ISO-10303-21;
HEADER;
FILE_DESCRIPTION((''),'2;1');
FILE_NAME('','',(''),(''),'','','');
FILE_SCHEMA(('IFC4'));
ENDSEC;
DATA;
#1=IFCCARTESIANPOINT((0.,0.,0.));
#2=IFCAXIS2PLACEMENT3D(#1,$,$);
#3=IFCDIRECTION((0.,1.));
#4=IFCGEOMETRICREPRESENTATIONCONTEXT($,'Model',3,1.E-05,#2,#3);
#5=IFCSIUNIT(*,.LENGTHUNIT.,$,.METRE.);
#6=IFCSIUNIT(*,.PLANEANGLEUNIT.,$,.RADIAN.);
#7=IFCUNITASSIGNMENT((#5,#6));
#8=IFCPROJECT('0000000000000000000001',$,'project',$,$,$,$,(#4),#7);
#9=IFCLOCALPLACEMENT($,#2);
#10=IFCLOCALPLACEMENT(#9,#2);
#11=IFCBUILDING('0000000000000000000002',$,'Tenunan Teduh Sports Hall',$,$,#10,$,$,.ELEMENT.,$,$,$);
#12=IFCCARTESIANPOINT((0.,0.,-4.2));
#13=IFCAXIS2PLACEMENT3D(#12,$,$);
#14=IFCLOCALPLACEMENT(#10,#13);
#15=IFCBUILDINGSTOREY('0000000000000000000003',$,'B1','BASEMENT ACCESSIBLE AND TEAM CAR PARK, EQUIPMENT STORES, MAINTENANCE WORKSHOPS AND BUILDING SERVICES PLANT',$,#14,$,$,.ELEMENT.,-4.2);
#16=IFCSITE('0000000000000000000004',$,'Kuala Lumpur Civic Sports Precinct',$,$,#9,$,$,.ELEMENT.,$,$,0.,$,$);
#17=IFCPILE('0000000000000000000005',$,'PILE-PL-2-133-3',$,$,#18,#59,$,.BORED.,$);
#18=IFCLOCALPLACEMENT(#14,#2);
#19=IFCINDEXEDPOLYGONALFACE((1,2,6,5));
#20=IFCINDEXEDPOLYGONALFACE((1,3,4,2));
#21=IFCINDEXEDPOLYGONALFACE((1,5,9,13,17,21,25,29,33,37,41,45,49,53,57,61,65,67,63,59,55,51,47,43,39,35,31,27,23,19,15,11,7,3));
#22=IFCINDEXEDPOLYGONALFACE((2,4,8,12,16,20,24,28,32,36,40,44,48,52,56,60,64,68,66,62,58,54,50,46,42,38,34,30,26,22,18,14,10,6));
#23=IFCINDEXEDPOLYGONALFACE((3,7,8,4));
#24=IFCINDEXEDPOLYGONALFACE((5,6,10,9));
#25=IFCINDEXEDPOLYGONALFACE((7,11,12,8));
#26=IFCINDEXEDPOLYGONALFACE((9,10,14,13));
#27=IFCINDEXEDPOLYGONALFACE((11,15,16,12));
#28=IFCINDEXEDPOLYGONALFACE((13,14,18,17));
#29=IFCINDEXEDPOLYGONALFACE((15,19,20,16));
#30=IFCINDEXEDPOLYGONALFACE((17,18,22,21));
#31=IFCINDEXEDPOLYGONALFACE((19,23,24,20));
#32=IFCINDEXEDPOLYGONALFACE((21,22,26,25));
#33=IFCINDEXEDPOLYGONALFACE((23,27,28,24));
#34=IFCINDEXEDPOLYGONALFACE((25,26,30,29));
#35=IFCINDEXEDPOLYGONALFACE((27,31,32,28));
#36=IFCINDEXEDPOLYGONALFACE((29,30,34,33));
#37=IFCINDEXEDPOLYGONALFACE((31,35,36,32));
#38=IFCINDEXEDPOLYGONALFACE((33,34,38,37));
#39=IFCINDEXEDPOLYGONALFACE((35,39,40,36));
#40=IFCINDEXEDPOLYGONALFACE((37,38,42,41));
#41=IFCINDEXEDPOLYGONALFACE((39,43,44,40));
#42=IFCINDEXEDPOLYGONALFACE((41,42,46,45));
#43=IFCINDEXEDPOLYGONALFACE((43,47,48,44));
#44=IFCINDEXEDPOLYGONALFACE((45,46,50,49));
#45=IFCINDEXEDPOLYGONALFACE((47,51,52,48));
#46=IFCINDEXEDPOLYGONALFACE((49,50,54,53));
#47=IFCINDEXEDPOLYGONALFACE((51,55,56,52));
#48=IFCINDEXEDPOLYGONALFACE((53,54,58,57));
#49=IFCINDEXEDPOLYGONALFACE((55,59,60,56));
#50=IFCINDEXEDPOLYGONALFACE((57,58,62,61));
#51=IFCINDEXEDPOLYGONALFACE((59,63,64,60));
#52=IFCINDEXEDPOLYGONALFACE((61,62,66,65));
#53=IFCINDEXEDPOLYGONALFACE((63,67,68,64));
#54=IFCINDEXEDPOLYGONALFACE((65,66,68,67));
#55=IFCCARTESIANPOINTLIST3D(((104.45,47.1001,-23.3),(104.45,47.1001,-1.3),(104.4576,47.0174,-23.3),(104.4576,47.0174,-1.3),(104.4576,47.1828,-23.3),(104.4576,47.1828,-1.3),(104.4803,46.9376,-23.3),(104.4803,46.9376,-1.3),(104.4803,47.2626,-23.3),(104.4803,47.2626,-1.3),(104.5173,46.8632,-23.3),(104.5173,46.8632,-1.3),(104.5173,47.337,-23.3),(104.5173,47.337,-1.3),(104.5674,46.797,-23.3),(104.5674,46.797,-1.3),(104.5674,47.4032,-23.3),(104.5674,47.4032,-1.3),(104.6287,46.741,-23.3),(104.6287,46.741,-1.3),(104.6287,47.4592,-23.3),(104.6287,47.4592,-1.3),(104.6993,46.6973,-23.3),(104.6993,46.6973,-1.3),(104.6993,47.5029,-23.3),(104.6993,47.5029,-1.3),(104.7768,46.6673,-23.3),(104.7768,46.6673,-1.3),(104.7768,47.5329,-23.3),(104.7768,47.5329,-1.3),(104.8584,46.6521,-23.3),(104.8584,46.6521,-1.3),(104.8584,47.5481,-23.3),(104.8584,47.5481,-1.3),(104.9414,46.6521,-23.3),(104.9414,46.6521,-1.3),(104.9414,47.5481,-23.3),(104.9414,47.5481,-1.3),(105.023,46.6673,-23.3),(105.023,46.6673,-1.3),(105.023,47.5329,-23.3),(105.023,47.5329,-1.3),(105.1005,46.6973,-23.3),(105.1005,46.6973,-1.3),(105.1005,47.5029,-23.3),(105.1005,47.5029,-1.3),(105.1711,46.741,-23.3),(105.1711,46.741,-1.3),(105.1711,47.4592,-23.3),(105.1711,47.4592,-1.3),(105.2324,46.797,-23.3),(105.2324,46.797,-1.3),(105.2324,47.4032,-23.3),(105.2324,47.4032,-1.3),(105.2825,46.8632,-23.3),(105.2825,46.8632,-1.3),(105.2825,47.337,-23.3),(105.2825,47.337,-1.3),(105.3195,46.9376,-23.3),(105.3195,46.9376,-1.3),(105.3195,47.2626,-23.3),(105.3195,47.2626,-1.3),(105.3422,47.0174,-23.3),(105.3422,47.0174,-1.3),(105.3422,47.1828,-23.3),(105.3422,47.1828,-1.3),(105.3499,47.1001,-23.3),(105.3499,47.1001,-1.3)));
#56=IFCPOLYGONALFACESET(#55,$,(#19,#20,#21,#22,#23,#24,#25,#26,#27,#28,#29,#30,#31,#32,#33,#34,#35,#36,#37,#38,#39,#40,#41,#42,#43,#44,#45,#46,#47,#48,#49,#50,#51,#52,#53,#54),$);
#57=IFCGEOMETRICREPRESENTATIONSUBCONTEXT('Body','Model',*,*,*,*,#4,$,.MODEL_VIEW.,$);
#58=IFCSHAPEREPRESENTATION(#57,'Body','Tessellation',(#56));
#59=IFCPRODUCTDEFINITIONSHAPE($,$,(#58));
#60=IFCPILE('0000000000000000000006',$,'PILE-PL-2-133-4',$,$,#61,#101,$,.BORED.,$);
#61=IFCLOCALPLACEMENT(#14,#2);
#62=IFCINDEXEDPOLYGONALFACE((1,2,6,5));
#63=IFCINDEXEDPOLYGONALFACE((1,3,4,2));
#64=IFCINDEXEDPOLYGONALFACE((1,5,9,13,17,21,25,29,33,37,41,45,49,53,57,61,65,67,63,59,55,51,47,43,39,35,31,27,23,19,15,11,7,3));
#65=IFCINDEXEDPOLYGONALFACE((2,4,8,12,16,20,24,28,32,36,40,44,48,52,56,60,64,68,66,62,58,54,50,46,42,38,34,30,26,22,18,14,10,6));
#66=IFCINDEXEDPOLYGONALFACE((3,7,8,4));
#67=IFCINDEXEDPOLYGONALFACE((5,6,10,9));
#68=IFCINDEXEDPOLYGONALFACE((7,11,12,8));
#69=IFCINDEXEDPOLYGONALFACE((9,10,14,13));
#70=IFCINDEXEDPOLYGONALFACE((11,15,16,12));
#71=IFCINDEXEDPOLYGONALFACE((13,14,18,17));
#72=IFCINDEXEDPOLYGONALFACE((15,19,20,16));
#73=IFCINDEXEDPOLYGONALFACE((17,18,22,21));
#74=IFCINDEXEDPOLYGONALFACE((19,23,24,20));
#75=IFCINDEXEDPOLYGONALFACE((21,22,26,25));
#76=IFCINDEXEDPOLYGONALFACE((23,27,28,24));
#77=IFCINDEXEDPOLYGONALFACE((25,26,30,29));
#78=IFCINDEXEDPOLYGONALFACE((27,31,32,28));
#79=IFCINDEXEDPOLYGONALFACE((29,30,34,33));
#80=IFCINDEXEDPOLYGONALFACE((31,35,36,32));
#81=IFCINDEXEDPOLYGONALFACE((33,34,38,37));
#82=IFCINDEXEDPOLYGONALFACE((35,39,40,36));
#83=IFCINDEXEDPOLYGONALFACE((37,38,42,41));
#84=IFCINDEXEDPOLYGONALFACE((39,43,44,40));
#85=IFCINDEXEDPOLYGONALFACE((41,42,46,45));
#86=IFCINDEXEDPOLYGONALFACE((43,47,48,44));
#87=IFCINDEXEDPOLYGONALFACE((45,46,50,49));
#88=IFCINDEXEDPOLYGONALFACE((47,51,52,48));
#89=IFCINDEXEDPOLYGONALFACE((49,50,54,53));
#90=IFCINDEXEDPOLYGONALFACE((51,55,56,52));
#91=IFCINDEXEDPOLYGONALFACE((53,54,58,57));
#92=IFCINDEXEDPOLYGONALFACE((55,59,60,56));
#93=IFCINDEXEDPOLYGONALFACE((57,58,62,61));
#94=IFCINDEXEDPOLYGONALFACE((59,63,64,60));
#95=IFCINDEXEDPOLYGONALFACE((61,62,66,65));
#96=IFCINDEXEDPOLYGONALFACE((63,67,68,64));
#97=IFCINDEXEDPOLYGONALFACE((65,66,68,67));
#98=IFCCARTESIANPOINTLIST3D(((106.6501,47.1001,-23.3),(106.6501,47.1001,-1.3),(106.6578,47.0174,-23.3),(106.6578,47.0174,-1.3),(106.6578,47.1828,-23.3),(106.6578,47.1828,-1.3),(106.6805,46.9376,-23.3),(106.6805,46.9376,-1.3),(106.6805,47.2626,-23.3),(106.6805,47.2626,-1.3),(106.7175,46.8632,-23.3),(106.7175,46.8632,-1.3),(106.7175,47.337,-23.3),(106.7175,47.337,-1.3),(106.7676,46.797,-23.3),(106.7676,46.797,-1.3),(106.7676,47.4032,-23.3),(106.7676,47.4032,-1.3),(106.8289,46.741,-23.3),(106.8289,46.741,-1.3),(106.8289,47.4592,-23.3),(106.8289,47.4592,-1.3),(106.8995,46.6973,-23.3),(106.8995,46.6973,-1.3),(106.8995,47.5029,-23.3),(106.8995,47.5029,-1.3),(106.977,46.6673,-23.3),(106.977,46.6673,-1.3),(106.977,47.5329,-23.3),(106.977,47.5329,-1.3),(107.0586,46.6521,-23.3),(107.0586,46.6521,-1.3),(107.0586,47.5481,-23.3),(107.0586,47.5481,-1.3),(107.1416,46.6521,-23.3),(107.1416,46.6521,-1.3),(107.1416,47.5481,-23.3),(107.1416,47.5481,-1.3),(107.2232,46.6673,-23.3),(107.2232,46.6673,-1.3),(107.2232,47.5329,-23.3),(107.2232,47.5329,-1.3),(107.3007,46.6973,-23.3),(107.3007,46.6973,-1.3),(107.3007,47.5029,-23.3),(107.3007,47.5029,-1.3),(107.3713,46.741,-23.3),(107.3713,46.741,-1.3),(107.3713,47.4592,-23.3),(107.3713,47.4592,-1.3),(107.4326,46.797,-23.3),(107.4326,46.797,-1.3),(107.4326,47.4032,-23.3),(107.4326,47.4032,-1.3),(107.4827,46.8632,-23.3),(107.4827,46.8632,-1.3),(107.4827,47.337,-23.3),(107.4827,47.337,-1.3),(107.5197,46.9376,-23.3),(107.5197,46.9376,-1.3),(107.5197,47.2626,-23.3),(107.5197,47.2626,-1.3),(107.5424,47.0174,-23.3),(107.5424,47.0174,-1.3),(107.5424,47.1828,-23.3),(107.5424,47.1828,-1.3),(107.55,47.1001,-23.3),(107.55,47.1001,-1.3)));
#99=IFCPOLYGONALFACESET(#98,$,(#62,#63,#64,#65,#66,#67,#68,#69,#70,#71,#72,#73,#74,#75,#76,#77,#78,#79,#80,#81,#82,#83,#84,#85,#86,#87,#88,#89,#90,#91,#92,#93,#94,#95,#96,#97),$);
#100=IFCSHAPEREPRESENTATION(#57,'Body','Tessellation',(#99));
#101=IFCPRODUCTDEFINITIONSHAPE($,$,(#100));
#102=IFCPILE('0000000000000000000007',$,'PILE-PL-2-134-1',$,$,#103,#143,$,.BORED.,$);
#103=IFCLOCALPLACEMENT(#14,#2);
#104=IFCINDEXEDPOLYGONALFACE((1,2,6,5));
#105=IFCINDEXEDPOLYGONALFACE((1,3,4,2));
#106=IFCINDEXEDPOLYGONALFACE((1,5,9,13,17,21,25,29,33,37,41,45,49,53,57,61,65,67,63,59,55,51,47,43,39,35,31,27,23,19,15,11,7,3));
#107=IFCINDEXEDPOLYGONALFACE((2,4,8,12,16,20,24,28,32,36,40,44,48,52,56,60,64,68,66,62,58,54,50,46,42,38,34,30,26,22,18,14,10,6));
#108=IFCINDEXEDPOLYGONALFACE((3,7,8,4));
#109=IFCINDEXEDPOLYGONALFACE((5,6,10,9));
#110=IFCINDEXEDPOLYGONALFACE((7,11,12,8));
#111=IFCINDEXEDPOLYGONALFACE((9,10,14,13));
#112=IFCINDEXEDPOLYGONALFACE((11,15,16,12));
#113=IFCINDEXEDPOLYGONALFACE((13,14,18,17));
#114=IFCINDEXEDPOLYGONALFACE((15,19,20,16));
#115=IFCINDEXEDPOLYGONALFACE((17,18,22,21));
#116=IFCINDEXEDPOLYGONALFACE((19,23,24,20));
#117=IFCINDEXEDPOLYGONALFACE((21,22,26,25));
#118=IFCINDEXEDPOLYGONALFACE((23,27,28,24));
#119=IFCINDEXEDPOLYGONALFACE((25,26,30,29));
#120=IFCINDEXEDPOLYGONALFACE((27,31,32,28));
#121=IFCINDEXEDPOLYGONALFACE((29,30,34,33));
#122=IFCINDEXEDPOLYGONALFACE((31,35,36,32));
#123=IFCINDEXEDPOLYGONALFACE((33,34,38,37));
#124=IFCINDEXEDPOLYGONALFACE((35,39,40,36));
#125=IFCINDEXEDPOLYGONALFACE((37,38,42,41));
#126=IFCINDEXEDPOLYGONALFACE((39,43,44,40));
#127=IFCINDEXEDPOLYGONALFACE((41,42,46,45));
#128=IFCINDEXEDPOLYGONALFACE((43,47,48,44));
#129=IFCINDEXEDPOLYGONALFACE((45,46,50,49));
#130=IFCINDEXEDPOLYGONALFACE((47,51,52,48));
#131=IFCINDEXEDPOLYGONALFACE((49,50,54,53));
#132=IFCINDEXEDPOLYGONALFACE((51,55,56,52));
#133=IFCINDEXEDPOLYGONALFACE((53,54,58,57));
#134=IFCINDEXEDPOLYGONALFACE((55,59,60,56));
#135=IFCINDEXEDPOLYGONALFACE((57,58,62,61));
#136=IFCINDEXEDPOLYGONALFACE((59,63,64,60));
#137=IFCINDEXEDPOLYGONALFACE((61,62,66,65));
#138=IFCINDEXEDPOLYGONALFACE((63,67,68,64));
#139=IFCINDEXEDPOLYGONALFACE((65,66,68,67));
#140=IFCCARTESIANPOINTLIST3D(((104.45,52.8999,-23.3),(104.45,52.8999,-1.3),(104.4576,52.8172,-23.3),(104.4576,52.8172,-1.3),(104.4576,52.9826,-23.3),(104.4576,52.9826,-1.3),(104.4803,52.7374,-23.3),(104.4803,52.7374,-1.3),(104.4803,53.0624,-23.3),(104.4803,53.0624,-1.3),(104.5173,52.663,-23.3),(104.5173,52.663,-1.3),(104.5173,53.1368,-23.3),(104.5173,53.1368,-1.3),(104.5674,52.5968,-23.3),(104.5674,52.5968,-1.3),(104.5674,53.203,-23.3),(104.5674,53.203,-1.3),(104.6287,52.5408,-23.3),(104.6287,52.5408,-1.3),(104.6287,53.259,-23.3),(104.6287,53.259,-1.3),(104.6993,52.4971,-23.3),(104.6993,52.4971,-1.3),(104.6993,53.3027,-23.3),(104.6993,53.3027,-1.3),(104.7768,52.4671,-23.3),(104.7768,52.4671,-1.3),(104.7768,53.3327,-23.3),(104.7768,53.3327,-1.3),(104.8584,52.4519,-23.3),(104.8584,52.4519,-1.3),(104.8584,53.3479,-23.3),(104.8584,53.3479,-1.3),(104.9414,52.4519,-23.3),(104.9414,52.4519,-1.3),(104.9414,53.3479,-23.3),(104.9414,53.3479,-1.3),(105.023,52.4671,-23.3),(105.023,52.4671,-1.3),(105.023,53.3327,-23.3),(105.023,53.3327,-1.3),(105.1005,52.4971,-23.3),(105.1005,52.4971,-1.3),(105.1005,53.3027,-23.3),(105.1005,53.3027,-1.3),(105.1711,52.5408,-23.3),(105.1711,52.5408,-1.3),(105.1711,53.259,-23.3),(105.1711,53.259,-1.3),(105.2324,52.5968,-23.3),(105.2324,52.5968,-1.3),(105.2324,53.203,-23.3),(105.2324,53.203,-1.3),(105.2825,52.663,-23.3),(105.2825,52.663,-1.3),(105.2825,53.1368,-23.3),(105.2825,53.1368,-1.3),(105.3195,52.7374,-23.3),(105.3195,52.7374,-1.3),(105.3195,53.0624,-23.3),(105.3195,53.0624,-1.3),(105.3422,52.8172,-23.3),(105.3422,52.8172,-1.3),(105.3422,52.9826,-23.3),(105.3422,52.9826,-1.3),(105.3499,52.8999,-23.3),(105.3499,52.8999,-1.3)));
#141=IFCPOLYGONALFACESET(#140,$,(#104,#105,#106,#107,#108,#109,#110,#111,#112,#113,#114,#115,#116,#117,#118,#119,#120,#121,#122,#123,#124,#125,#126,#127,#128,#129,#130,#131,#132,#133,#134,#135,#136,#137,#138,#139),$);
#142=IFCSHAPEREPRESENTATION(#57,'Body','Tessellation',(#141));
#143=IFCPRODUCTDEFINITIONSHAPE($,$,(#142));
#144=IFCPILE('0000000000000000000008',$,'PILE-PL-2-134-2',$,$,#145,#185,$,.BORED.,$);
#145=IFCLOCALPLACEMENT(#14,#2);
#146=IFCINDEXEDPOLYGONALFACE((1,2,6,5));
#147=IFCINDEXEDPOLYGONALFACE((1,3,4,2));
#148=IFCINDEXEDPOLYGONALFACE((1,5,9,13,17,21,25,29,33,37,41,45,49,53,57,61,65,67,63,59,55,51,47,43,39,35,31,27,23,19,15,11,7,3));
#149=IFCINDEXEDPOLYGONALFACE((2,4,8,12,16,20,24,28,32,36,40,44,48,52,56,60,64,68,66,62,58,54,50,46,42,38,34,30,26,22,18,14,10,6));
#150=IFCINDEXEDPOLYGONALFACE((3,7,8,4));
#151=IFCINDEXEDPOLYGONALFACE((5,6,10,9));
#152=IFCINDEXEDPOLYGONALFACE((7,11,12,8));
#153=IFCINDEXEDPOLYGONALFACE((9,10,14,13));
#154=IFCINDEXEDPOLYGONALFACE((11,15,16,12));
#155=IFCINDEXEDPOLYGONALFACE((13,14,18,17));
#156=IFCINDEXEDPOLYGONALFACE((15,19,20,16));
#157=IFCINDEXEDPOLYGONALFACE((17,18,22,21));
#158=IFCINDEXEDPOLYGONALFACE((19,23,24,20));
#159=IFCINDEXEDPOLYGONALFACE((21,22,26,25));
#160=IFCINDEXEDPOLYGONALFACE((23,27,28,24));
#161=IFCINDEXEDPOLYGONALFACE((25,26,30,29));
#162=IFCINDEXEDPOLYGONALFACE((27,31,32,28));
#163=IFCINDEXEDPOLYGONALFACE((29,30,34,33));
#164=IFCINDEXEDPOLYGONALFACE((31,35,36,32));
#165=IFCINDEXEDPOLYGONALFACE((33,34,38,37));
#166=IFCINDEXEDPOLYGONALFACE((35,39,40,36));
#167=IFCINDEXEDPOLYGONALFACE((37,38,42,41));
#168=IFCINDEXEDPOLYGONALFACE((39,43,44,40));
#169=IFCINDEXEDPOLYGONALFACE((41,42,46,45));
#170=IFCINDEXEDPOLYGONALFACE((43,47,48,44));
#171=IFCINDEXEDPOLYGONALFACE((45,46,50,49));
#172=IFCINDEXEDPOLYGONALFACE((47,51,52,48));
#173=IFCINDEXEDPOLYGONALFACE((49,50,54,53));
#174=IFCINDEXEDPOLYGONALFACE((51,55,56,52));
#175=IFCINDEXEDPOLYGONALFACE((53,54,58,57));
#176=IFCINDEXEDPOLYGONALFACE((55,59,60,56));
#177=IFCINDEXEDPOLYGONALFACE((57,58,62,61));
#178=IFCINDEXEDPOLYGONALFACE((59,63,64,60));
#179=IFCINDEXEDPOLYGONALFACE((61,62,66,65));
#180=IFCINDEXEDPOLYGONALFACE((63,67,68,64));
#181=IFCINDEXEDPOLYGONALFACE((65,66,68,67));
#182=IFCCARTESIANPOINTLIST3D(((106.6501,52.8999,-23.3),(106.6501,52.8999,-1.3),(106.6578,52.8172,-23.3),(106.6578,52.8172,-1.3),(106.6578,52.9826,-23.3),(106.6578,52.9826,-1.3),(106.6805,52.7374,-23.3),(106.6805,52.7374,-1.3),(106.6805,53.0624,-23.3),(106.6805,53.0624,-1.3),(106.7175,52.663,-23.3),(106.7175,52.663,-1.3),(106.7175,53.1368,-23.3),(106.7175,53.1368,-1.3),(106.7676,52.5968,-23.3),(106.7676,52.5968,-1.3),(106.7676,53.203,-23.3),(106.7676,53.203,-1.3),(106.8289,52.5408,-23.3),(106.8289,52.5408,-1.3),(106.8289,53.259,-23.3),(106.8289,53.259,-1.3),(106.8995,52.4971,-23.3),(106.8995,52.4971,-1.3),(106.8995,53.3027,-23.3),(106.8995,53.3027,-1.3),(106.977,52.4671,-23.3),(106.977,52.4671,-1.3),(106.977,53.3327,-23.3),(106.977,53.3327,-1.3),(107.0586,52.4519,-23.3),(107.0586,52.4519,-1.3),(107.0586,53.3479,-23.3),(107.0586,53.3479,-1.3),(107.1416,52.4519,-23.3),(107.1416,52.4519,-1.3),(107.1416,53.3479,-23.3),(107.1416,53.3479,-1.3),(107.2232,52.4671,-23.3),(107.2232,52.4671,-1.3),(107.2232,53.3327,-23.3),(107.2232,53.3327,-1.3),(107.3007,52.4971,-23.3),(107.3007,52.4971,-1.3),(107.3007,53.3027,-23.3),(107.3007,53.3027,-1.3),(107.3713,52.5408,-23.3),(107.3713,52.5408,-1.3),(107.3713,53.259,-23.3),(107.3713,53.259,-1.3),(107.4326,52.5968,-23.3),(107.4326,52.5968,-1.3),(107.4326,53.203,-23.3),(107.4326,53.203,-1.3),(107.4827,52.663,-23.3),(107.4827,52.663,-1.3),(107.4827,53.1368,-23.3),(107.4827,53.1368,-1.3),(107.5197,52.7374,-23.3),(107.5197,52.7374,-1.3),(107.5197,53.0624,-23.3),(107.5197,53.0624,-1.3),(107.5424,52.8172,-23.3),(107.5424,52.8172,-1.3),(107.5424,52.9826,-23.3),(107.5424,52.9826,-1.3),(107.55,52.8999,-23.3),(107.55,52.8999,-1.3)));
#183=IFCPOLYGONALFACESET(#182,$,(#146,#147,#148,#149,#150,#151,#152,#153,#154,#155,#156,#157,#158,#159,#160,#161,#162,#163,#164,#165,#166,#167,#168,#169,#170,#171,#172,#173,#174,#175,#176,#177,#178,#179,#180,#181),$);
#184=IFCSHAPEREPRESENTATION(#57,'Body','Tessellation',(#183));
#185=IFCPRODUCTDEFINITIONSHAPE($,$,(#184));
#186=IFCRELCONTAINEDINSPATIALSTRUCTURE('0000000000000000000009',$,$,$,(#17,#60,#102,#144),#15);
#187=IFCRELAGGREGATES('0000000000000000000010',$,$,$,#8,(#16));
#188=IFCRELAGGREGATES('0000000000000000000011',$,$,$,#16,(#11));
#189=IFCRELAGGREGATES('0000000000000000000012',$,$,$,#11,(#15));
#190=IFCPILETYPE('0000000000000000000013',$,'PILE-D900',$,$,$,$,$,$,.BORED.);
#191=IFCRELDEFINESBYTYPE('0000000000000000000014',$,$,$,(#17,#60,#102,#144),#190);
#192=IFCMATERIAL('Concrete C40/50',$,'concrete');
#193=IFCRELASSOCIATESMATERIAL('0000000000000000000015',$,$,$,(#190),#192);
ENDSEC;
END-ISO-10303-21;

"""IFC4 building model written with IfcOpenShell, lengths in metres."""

from ifc_helpers import new_model, si_unit, direction, frame, origin, origin_2d, place, context, subcontext, project, spatial, circle, extrude, material, material_profile, profile_set, type_object, element, save


model = new_model("IFC4")

# Units and contexts
model_context = context("Model", 3, precision=1e-05, world=origin(), true_north=direction((0.0, 1.0)))
body_context = subcontext(model_context, "Body", "Model", "MODEL_VIEW")
ifc_project = project(units=[si_unit("LENGTHUNIT", "METRE"), si_unit("PLANEANGLEUNIT", "RADIAN")], contexts=[model_context])

# Site, building, storey
site_placement = place(None, origin())
site = spatial("IfcSite", under=ifc_project, at=site_placement, Name="Kuala Lumpur Civic Sports Precinct", CompositionType="ELEMENT", RefElevation=0.0)
building_placement = place(site_placement, origin())
building = spatial("IfcBuilding", under=site, at=building_placement, Name="Tenunan Teduh Sports Hall", CompositionType="ELEMENT")
storey_placement = place(building_placement, frame((0.0, 0.0, -4.2)))
storey = spatial("IfcBuildingStorey", under=building, at=storey_placement, Name="B1", Description="BASEMENT ACCESSIBLE AND TEAM CAR PARK, EQUIPMENT STORES, MAINTENANCE WORKSHOPS AND BUILDING SERVICES PLANT", CompositionType="ELEMENT", Elevation=-4.2)

# Piles
ifc_material_1 = material(Name="Concrete C40/50", Category="concrete")
ifc_material_profile_1 = material_profile(ifc_material_1, circle(Radius=0.45, at=origin_2d()), Name="PILE D900")
ifc_profile_set_1 = profile_set([ifc_material_profile_1], Name="Concrete C40/50")
pile_type_1 = type_object("IfcPileType", Name="PILE-D900", PredefinedType="BORED", material=ifc_profile_set_1)
for number, where, z_axis, x_axis, name in (
    (1, (104.8999, 47.1001, -1.3), (0.0, 0.0, -1.0), (1.0, 0.0, 0.0), "PILE-PL-2-133-3"),
    (2, (107.1001, 47.1001, -1.3), (0.0, 0.0, -1.0), (1.0, 0.0, 0.0), "PILE-PL-2-133-4"),
    (3, (104.8999, 52.8999, -1.3), (0.0, 0.0, -1.0), (1.0, 0.0, 0.0), "PILE-PL-2-134-1"),
    (4, (107.1001, 52.8999, -1.3), (0.0, 0.0, -1.0), (1.0, 0.0, 0.0), "PILE-PL-2-134-2"),
):
    element("IfcPile", number, at=place(storey_placement, frame(where, z_axis=z_axis, x_axis=x_axis)), inside=storey, type_object=pile_type_1, Name=name, PredefinedType="BORED", context=body_context, shape_type="SweptSolid", body=[
        extrude(circle(Radius=0.45, at=origin_2d()), origin(), (0.0, 0.0, 1.0), 22.0),
    ])

save(model, "model.ifc")
